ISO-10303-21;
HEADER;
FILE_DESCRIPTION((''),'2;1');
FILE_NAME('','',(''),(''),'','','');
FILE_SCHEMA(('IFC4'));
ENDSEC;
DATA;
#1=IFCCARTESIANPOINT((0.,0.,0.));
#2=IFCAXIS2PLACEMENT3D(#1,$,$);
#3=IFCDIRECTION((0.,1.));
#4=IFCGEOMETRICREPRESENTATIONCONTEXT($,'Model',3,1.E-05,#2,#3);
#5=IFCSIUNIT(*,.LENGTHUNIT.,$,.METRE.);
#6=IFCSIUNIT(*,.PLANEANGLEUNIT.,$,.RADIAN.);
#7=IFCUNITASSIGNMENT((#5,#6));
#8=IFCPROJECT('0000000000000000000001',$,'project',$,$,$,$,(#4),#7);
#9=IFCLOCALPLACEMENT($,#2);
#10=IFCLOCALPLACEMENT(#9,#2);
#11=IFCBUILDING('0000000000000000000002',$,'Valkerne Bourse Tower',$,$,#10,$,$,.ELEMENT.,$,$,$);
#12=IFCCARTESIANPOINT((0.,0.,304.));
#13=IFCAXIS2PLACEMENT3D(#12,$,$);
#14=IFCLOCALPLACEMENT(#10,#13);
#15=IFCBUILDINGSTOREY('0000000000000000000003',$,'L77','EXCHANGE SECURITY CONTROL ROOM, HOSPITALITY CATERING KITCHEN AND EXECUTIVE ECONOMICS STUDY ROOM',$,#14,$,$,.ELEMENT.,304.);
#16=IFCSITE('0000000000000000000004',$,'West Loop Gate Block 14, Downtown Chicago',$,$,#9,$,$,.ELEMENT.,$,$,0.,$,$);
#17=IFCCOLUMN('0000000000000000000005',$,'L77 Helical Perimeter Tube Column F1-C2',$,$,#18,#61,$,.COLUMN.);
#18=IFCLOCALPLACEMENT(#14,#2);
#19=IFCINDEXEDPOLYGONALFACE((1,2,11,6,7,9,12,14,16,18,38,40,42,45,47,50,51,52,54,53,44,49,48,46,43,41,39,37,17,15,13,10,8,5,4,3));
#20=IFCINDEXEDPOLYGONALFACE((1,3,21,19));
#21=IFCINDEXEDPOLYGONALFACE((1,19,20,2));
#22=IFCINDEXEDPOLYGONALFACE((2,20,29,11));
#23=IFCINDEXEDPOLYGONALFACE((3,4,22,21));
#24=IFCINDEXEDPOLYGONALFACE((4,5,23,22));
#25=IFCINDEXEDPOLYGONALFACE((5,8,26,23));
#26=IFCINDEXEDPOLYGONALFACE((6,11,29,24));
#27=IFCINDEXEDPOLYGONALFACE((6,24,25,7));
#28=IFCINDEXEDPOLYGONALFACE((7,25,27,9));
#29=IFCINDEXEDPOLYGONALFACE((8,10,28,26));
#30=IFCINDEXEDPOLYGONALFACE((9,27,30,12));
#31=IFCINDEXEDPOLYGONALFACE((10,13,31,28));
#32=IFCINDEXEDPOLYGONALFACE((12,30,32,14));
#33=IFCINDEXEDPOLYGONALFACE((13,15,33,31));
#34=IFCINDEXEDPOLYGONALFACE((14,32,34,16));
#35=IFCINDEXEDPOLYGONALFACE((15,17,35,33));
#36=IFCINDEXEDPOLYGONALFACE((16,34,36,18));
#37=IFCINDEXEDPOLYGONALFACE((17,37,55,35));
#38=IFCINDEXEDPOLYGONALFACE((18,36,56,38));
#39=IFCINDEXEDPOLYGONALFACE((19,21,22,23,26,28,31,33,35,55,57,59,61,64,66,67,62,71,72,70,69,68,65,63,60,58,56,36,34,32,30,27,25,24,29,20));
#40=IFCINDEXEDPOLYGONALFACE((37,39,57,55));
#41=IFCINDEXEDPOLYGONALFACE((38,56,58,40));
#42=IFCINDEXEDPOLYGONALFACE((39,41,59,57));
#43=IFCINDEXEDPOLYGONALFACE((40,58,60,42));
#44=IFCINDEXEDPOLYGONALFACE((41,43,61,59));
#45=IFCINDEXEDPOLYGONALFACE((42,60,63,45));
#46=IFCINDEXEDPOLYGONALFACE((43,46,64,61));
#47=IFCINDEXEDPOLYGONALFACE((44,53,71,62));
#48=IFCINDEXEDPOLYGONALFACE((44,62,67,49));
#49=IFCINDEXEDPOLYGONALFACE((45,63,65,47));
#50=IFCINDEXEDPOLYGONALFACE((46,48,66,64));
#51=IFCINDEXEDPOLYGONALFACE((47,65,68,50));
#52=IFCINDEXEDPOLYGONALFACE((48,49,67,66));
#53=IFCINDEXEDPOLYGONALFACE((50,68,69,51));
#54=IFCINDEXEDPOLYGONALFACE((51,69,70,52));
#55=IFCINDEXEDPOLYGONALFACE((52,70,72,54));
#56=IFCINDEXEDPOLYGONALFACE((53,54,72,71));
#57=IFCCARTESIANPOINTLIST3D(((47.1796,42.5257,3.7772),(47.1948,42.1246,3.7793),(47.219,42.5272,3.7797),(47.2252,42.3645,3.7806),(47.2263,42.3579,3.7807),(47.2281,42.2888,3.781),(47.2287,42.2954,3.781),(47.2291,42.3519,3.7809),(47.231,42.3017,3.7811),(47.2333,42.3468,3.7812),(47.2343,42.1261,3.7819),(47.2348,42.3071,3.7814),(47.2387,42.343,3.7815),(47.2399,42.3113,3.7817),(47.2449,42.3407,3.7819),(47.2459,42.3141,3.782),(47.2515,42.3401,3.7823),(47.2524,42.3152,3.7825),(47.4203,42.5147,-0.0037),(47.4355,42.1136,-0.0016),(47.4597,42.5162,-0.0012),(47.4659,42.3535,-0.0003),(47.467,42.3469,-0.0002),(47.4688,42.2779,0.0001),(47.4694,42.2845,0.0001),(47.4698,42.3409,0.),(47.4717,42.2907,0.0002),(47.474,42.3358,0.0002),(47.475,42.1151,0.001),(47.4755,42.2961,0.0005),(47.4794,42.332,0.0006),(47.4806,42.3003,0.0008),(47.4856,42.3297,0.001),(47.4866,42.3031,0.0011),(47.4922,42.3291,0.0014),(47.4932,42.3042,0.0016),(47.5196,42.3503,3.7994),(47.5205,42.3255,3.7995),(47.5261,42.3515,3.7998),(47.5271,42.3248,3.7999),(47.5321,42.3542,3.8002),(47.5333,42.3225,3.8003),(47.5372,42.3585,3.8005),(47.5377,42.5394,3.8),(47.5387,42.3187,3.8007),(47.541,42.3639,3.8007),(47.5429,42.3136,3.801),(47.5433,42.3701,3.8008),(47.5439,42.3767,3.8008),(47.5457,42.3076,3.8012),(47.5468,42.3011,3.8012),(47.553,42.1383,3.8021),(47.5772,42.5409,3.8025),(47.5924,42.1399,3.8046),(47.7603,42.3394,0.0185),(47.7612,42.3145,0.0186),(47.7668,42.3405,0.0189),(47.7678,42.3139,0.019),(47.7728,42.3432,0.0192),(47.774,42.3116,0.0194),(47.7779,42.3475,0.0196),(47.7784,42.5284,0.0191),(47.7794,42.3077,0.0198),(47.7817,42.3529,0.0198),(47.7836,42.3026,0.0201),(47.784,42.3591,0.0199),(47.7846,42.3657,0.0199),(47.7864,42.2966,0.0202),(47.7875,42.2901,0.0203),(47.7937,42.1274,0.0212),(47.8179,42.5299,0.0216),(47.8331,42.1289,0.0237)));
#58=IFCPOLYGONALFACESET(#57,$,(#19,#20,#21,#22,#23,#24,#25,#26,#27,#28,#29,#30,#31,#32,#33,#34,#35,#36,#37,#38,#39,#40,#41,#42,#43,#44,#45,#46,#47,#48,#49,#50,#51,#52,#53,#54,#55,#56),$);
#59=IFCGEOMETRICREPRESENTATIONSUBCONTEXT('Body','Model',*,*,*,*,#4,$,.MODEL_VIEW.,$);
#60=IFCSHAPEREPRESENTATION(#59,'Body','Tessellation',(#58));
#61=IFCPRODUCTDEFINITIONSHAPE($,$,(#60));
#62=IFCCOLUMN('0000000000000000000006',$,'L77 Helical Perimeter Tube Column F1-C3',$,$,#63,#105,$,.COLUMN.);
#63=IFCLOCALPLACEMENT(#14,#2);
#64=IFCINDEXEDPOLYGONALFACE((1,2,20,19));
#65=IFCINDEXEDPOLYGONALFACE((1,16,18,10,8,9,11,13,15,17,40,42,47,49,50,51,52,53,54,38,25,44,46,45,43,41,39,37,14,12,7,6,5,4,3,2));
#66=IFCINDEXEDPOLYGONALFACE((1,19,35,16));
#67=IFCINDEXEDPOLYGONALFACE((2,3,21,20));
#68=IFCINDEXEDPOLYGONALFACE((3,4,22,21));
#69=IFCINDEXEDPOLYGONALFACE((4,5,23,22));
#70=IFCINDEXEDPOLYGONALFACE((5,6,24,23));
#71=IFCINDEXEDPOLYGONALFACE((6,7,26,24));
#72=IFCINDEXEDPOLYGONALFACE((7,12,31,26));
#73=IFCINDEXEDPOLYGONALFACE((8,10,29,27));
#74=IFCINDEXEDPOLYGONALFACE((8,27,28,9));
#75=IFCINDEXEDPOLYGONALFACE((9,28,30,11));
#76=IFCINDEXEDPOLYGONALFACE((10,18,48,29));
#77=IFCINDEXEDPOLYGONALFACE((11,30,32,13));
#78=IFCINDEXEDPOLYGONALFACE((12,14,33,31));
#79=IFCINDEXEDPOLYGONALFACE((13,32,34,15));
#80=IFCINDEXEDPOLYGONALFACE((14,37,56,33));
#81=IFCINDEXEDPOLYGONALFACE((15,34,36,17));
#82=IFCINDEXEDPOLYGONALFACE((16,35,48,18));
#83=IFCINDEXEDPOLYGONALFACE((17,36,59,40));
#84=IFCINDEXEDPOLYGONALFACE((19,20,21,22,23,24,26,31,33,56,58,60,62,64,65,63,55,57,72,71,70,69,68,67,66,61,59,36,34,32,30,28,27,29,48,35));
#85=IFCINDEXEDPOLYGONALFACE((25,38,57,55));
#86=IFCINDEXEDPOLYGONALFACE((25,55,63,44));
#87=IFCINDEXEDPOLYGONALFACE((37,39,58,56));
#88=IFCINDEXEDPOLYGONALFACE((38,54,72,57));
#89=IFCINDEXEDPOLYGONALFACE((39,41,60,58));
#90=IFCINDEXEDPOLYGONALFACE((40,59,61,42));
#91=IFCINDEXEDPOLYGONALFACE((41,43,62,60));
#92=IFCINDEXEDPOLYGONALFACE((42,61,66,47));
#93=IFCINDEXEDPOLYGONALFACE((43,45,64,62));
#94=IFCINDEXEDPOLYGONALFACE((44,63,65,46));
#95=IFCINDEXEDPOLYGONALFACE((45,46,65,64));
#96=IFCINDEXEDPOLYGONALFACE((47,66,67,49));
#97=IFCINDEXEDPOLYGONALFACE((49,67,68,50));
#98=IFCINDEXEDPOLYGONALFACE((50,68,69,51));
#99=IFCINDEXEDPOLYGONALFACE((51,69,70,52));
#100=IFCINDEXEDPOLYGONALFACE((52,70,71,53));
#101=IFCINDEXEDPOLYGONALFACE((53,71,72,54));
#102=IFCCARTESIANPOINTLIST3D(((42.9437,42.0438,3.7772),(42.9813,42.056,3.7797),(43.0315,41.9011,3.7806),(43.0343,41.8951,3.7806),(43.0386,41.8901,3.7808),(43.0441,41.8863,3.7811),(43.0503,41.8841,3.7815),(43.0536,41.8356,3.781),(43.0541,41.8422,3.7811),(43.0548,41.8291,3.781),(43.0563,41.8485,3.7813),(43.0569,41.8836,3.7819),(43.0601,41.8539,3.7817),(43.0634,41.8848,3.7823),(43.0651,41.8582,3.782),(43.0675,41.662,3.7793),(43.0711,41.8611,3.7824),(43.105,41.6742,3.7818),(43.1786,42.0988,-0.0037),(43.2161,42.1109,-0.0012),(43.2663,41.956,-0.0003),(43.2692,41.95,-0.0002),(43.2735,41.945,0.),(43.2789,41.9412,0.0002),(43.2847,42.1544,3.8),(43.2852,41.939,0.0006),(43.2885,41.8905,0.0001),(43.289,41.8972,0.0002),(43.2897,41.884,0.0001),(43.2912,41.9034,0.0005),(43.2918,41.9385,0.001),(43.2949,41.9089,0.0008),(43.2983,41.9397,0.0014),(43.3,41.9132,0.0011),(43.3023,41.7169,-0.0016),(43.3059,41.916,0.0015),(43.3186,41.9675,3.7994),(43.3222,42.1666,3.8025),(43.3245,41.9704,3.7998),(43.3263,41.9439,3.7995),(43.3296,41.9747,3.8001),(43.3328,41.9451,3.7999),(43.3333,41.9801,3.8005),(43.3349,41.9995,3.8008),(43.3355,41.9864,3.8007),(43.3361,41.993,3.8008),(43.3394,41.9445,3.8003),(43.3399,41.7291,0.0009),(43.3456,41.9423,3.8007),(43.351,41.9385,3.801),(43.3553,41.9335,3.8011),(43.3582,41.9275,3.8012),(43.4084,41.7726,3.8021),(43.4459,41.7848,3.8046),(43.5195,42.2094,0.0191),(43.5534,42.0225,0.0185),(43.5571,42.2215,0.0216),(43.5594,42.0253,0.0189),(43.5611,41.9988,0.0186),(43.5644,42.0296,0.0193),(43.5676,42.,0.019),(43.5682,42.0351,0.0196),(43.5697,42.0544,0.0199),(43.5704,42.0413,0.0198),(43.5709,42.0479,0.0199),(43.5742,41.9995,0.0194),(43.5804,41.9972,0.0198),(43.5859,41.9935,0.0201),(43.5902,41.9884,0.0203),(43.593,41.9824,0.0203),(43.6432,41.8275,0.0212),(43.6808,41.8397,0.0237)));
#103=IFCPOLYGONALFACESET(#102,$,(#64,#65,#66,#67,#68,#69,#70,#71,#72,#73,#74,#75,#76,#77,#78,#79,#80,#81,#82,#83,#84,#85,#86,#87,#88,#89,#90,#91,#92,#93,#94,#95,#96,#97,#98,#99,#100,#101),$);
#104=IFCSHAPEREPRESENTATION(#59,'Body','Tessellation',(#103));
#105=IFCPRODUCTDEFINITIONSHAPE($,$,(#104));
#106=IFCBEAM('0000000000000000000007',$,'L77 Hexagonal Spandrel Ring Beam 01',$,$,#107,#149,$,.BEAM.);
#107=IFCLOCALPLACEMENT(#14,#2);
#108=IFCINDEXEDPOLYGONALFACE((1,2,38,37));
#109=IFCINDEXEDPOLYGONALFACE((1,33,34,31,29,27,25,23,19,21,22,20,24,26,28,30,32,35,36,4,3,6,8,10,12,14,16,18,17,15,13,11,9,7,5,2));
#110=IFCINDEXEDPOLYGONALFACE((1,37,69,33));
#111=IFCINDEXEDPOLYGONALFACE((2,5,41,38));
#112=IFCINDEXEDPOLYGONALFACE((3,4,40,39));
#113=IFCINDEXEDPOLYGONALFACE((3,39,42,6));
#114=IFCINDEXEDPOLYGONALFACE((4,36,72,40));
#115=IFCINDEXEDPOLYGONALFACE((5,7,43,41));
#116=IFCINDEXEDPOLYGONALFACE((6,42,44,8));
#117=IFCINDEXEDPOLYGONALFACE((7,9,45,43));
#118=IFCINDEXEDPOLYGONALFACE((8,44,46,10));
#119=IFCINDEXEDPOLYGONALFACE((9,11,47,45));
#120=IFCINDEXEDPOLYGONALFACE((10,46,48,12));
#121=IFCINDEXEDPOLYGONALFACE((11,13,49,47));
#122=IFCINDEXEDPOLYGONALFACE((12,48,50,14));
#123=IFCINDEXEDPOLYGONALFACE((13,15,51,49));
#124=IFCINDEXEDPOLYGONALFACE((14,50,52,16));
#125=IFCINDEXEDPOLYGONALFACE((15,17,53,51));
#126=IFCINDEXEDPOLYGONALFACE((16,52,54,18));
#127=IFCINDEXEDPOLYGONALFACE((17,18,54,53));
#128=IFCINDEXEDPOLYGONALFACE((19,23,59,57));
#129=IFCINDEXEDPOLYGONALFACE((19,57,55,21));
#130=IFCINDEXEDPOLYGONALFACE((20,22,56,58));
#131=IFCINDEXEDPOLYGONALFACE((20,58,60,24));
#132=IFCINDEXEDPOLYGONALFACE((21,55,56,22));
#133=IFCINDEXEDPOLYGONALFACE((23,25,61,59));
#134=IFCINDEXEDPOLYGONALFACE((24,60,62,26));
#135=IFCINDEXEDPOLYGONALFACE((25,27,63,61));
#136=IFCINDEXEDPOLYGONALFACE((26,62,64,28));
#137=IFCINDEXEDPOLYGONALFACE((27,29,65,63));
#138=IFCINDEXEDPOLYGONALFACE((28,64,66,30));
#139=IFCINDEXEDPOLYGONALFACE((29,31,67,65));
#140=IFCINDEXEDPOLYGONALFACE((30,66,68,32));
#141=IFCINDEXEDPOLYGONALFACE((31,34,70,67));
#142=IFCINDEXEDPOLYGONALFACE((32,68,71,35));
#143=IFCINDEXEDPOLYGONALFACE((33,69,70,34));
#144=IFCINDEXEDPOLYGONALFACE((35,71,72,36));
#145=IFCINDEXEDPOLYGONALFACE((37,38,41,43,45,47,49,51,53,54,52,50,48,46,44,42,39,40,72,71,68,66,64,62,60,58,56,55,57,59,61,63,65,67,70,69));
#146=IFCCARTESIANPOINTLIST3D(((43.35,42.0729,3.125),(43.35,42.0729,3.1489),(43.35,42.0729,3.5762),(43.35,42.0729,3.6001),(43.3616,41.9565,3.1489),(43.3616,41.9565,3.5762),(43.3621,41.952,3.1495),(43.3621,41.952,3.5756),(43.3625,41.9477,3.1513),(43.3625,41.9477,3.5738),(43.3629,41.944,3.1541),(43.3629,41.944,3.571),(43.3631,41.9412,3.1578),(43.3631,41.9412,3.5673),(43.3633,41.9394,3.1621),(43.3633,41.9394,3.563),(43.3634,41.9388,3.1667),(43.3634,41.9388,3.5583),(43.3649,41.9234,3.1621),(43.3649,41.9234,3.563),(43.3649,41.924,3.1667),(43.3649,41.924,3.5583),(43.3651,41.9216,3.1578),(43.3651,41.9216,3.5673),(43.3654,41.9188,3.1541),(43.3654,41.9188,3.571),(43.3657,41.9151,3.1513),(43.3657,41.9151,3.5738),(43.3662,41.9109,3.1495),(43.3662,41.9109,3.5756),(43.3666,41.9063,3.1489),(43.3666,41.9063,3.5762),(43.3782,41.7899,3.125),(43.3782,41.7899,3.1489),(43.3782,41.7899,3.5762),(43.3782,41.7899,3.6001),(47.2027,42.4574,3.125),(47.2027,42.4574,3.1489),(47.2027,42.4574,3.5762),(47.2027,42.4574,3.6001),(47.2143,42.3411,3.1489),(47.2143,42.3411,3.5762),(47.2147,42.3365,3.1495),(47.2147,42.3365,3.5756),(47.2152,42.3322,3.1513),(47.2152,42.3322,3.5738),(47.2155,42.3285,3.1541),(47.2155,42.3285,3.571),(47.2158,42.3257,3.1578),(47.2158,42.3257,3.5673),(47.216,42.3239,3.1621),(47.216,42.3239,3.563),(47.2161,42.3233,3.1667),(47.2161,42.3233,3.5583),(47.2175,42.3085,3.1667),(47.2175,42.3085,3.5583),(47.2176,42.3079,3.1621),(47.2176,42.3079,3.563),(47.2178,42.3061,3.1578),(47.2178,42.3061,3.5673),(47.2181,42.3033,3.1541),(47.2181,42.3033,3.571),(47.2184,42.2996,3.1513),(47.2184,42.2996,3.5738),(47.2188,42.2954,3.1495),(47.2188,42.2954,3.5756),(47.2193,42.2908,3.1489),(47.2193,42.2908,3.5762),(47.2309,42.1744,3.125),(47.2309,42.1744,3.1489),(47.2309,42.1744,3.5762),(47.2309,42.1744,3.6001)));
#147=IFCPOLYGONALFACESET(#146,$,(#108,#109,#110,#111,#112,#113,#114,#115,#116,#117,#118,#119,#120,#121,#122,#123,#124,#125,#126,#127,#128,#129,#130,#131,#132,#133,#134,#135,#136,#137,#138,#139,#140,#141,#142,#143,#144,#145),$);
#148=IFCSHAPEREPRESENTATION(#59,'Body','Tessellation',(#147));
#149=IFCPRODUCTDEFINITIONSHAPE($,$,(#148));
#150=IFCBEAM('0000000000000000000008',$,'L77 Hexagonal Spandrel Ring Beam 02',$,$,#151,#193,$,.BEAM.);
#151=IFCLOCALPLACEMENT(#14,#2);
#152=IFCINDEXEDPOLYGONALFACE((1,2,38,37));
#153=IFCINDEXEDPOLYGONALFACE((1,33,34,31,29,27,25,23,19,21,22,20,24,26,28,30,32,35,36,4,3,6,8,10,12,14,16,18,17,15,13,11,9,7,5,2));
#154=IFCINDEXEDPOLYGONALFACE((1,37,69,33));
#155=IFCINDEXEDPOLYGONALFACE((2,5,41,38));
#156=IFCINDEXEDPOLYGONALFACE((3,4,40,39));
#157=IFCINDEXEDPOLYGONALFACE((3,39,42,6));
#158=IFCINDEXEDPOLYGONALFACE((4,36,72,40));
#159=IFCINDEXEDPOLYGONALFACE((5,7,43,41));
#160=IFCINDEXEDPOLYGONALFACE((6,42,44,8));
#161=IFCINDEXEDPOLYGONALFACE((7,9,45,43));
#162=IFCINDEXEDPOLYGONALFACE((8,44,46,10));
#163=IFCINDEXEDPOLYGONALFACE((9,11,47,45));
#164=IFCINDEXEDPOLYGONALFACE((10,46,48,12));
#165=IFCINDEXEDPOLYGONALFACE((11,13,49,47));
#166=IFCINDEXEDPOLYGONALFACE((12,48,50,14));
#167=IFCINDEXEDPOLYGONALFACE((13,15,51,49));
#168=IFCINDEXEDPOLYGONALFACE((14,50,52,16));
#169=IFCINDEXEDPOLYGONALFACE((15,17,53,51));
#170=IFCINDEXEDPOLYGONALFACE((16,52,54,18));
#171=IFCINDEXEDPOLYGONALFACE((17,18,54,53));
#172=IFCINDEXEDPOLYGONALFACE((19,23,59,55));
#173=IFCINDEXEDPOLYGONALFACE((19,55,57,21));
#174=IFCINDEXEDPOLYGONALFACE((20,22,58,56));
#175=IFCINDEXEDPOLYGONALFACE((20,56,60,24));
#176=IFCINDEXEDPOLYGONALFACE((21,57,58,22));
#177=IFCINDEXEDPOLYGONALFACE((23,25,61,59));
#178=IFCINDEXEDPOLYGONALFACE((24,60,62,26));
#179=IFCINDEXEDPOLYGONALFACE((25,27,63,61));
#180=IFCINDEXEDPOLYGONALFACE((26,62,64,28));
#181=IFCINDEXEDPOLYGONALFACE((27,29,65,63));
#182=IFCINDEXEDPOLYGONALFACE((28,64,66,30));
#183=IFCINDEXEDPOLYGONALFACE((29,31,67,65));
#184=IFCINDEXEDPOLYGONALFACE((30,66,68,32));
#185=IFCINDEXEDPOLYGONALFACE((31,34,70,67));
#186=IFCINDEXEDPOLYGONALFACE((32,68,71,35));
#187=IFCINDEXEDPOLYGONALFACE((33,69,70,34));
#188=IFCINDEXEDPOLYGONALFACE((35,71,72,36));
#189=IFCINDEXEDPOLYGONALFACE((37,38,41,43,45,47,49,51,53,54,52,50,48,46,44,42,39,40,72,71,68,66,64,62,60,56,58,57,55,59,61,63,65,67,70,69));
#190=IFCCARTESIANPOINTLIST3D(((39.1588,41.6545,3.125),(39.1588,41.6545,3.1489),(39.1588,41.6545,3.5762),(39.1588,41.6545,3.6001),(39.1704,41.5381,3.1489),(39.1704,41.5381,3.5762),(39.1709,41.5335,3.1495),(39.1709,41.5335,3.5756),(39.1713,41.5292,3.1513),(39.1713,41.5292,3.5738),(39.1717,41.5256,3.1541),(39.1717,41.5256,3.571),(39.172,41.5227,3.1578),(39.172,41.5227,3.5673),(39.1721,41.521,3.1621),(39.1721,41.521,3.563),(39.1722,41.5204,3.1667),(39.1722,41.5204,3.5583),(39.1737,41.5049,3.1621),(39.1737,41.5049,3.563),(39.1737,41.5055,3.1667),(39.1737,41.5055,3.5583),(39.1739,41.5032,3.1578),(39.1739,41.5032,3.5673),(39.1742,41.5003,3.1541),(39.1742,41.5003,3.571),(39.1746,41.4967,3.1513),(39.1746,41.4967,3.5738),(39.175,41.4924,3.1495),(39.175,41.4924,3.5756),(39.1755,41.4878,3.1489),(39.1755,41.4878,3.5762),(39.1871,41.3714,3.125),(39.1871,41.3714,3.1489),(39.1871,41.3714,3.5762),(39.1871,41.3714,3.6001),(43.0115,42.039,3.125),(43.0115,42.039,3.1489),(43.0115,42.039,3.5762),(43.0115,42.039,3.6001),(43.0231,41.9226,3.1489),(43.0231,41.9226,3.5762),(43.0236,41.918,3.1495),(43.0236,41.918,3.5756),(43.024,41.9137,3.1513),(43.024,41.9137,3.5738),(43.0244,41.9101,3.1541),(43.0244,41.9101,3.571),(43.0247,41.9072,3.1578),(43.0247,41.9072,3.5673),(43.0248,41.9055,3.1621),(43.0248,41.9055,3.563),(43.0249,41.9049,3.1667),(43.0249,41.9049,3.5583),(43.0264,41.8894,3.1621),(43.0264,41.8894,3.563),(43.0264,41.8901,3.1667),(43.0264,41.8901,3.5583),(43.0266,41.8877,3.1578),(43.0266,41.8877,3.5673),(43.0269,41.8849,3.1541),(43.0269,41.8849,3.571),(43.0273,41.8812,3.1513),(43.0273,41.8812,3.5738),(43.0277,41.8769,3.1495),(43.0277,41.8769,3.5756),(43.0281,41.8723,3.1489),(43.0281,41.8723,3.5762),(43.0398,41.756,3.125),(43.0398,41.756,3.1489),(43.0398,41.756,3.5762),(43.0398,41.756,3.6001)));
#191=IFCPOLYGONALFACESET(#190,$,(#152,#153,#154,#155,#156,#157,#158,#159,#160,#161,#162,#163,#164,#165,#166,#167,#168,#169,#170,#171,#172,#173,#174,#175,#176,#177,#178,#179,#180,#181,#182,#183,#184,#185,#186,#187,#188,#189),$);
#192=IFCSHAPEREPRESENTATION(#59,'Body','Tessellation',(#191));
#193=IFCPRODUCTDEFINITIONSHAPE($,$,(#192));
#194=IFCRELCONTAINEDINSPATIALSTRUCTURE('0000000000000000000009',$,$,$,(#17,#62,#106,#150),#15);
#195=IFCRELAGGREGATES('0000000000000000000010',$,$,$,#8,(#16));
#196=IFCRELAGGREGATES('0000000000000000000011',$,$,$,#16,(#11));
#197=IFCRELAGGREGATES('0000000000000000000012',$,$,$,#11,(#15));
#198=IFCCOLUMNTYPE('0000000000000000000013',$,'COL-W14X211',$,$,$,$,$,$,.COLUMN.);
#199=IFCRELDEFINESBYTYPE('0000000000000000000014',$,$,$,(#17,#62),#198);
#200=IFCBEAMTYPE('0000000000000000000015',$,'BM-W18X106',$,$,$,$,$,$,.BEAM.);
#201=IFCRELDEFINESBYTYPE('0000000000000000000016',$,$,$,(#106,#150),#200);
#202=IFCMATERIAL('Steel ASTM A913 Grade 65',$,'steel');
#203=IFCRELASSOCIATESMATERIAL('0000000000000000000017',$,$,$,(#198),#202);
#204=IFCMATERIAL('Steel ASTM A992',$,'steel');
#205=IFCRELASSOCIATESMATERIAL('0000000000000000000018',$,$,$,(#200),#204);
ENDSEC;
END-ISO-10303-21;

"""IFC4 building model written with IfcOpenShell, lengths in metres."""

from ifc_helpers import new_model, si_unit, direction, frame, origin, origin_2d, place, context, subcontext, project, spatial, i_section, extrude, material, material_profile, profile_set, type_object, element, save


model = new_model("IFC4")

# Units and contexts
model_context = context("Model", 3, precision=1e-05, world=origin(), true_north=direction((0.0, 1.0)))
body_context = subcontext(model_context, "Body", "Model", "MODEL_VIEW")
ifc_project = project(units=[si_unit("LENGTHUNIT", "METRE"), si_unit("PLANEANGLEUNIT", "RADIAN")], contexts=[model_context])

# Site, building, storey
site_placement = place(None, origin())
site = spatial("IfcSite", under=ifc_project, at=site_placement, Name="West Loop Gate Block 14, Downtown Chicago", CompositionType="ELEMENT", RefElevation=0.0)
building_placement = place(site_placement, origin())
building = spatial("IfcBuilding", under=site, at=building_placement, Name="Valkerne Bourse Tower", CompositionType="ELEMENT")
storey_placement = place(building_placement, frame((0.0, 0.0, 304.0)))
storey = spatial("IfcBuildingStorey", under=building, at=storey_placement, Name="L77", Description="EXCHANGE SECURITY CONTROL ROOM, HOSPITALITY CATERING KITCHEN AND EXECUTIVE ECONOMICS STUDY ROOM", CompositionType="ELEMENT", Elevation=304.0)

# Columns
ifc_material_1 = material(Name="Steel ASTM A913 Grade 65", Category="steel")
ifc_material_profile_1 = material_profile(ifc_material_1, i_section(OverallWidth=0.4014, OverallDepth=0.3987, WebThickness=0.0249, FlangeThickness=0.0396, FilletRadius=0.0254, at=origin_2d()), Name="W14X211")
ifc_profile_set_1 = profile_set([ifc_material_profile_1], Name="Steel ASTM A913 Grade 65")
column_type = type_object("IfcColumnType", Name="COL-W14X211", PredefinedType="COLUMN", material=ifc_profile_set_1)
for number, where, z_axis, x_axis, name in (
    (1, (47.6267, 42.3218, 0.01), (-0.063537, 0.0029, 0.997975), (-0.03799, 0.999264, -0.005322), "L77 Helical Perimeter Tube Column F1-C2"),
    (2, (43.4297, 41.9692, 0.01), (-0.061991, -0.014499, 0.997971), (-0.308256, 0.951288, -0.005327), "L77 Helical Perimeter Tube Column F1-C3"),
):
    element("IfcColumn", number, at=place(storey_placement, frame(where, z_axis=z_axis, x_axis=x_axis)), inside=storey, type_object=column_type, Name=name, PredefinedType="COLUMN", context=body_context, shape_type="SweptSolid", body=[
        extrude(i_section(OverallWidth=0.4014, OverallDepth=0.3987, WebThickness=0.0249, FlangeThickness=0.0396, FilletRadius=0.0254, at=origin_2d()), origin(), (0.0, 0.0, 1.0), 3.7886),
    ])

# Beams
ifc_material_2 = material(Name="Steel ASTM A992", Category="steel")
ifc_material_profile_2 = material_profile(ifc_material_2, i_section(OverallWidth=0.2844, OverallDepth=0.4751, WebThickness=0.0149, FlangeThickness=0.0239, FilletRadius=0.0178, at=origin_2d()), Name="W18X106")
ifc_profile_set_2 = profile_set([ifc_material_profile_2], Name="Steel ASTM A992")
beam_type_1 = type_object("IfcBeamType", Name="BM-W18X106", PredefinedType="BEAM", material=ifc_profile_set_2)
for number, where, z_axis, x_axis, name in (
    (3, (47.2168, 42.3159, 3.3625), (-0.995057, -0.09931, 0.0), (0.09931, -0.995057, 0.0), "L77 Hexagonal Spandrel Ring Beam 01"),
    (4, (43.0256, 41.8975, 3.3625), (-0.995057, -0.09931, 0.0), (0.09931, -0.995057, 0.0), "L77 Hexagonal Spandrel Ring Beam 02"),
):
    element("IfcBeam", number, at=place(storey_placement, frame(where, z_axis=z_axis, x_axis=x_axis)), inside=storey, type_object=beam_type_1, Name=name, PredefinedType="BEAM", context=body_context, shape_type="SweptSolid", body=[
        extrude(i_section(OverallWidth=0.2844, OverallDepth=0.4751, WebThickness=0.0149, FlangeThickness=0.0239, FilletRadius=0.0178, at=origin_2d()), origin(), (0.0, 0.0, 1.0), 3.8718),
    ])

save(model, "model.ifc")
